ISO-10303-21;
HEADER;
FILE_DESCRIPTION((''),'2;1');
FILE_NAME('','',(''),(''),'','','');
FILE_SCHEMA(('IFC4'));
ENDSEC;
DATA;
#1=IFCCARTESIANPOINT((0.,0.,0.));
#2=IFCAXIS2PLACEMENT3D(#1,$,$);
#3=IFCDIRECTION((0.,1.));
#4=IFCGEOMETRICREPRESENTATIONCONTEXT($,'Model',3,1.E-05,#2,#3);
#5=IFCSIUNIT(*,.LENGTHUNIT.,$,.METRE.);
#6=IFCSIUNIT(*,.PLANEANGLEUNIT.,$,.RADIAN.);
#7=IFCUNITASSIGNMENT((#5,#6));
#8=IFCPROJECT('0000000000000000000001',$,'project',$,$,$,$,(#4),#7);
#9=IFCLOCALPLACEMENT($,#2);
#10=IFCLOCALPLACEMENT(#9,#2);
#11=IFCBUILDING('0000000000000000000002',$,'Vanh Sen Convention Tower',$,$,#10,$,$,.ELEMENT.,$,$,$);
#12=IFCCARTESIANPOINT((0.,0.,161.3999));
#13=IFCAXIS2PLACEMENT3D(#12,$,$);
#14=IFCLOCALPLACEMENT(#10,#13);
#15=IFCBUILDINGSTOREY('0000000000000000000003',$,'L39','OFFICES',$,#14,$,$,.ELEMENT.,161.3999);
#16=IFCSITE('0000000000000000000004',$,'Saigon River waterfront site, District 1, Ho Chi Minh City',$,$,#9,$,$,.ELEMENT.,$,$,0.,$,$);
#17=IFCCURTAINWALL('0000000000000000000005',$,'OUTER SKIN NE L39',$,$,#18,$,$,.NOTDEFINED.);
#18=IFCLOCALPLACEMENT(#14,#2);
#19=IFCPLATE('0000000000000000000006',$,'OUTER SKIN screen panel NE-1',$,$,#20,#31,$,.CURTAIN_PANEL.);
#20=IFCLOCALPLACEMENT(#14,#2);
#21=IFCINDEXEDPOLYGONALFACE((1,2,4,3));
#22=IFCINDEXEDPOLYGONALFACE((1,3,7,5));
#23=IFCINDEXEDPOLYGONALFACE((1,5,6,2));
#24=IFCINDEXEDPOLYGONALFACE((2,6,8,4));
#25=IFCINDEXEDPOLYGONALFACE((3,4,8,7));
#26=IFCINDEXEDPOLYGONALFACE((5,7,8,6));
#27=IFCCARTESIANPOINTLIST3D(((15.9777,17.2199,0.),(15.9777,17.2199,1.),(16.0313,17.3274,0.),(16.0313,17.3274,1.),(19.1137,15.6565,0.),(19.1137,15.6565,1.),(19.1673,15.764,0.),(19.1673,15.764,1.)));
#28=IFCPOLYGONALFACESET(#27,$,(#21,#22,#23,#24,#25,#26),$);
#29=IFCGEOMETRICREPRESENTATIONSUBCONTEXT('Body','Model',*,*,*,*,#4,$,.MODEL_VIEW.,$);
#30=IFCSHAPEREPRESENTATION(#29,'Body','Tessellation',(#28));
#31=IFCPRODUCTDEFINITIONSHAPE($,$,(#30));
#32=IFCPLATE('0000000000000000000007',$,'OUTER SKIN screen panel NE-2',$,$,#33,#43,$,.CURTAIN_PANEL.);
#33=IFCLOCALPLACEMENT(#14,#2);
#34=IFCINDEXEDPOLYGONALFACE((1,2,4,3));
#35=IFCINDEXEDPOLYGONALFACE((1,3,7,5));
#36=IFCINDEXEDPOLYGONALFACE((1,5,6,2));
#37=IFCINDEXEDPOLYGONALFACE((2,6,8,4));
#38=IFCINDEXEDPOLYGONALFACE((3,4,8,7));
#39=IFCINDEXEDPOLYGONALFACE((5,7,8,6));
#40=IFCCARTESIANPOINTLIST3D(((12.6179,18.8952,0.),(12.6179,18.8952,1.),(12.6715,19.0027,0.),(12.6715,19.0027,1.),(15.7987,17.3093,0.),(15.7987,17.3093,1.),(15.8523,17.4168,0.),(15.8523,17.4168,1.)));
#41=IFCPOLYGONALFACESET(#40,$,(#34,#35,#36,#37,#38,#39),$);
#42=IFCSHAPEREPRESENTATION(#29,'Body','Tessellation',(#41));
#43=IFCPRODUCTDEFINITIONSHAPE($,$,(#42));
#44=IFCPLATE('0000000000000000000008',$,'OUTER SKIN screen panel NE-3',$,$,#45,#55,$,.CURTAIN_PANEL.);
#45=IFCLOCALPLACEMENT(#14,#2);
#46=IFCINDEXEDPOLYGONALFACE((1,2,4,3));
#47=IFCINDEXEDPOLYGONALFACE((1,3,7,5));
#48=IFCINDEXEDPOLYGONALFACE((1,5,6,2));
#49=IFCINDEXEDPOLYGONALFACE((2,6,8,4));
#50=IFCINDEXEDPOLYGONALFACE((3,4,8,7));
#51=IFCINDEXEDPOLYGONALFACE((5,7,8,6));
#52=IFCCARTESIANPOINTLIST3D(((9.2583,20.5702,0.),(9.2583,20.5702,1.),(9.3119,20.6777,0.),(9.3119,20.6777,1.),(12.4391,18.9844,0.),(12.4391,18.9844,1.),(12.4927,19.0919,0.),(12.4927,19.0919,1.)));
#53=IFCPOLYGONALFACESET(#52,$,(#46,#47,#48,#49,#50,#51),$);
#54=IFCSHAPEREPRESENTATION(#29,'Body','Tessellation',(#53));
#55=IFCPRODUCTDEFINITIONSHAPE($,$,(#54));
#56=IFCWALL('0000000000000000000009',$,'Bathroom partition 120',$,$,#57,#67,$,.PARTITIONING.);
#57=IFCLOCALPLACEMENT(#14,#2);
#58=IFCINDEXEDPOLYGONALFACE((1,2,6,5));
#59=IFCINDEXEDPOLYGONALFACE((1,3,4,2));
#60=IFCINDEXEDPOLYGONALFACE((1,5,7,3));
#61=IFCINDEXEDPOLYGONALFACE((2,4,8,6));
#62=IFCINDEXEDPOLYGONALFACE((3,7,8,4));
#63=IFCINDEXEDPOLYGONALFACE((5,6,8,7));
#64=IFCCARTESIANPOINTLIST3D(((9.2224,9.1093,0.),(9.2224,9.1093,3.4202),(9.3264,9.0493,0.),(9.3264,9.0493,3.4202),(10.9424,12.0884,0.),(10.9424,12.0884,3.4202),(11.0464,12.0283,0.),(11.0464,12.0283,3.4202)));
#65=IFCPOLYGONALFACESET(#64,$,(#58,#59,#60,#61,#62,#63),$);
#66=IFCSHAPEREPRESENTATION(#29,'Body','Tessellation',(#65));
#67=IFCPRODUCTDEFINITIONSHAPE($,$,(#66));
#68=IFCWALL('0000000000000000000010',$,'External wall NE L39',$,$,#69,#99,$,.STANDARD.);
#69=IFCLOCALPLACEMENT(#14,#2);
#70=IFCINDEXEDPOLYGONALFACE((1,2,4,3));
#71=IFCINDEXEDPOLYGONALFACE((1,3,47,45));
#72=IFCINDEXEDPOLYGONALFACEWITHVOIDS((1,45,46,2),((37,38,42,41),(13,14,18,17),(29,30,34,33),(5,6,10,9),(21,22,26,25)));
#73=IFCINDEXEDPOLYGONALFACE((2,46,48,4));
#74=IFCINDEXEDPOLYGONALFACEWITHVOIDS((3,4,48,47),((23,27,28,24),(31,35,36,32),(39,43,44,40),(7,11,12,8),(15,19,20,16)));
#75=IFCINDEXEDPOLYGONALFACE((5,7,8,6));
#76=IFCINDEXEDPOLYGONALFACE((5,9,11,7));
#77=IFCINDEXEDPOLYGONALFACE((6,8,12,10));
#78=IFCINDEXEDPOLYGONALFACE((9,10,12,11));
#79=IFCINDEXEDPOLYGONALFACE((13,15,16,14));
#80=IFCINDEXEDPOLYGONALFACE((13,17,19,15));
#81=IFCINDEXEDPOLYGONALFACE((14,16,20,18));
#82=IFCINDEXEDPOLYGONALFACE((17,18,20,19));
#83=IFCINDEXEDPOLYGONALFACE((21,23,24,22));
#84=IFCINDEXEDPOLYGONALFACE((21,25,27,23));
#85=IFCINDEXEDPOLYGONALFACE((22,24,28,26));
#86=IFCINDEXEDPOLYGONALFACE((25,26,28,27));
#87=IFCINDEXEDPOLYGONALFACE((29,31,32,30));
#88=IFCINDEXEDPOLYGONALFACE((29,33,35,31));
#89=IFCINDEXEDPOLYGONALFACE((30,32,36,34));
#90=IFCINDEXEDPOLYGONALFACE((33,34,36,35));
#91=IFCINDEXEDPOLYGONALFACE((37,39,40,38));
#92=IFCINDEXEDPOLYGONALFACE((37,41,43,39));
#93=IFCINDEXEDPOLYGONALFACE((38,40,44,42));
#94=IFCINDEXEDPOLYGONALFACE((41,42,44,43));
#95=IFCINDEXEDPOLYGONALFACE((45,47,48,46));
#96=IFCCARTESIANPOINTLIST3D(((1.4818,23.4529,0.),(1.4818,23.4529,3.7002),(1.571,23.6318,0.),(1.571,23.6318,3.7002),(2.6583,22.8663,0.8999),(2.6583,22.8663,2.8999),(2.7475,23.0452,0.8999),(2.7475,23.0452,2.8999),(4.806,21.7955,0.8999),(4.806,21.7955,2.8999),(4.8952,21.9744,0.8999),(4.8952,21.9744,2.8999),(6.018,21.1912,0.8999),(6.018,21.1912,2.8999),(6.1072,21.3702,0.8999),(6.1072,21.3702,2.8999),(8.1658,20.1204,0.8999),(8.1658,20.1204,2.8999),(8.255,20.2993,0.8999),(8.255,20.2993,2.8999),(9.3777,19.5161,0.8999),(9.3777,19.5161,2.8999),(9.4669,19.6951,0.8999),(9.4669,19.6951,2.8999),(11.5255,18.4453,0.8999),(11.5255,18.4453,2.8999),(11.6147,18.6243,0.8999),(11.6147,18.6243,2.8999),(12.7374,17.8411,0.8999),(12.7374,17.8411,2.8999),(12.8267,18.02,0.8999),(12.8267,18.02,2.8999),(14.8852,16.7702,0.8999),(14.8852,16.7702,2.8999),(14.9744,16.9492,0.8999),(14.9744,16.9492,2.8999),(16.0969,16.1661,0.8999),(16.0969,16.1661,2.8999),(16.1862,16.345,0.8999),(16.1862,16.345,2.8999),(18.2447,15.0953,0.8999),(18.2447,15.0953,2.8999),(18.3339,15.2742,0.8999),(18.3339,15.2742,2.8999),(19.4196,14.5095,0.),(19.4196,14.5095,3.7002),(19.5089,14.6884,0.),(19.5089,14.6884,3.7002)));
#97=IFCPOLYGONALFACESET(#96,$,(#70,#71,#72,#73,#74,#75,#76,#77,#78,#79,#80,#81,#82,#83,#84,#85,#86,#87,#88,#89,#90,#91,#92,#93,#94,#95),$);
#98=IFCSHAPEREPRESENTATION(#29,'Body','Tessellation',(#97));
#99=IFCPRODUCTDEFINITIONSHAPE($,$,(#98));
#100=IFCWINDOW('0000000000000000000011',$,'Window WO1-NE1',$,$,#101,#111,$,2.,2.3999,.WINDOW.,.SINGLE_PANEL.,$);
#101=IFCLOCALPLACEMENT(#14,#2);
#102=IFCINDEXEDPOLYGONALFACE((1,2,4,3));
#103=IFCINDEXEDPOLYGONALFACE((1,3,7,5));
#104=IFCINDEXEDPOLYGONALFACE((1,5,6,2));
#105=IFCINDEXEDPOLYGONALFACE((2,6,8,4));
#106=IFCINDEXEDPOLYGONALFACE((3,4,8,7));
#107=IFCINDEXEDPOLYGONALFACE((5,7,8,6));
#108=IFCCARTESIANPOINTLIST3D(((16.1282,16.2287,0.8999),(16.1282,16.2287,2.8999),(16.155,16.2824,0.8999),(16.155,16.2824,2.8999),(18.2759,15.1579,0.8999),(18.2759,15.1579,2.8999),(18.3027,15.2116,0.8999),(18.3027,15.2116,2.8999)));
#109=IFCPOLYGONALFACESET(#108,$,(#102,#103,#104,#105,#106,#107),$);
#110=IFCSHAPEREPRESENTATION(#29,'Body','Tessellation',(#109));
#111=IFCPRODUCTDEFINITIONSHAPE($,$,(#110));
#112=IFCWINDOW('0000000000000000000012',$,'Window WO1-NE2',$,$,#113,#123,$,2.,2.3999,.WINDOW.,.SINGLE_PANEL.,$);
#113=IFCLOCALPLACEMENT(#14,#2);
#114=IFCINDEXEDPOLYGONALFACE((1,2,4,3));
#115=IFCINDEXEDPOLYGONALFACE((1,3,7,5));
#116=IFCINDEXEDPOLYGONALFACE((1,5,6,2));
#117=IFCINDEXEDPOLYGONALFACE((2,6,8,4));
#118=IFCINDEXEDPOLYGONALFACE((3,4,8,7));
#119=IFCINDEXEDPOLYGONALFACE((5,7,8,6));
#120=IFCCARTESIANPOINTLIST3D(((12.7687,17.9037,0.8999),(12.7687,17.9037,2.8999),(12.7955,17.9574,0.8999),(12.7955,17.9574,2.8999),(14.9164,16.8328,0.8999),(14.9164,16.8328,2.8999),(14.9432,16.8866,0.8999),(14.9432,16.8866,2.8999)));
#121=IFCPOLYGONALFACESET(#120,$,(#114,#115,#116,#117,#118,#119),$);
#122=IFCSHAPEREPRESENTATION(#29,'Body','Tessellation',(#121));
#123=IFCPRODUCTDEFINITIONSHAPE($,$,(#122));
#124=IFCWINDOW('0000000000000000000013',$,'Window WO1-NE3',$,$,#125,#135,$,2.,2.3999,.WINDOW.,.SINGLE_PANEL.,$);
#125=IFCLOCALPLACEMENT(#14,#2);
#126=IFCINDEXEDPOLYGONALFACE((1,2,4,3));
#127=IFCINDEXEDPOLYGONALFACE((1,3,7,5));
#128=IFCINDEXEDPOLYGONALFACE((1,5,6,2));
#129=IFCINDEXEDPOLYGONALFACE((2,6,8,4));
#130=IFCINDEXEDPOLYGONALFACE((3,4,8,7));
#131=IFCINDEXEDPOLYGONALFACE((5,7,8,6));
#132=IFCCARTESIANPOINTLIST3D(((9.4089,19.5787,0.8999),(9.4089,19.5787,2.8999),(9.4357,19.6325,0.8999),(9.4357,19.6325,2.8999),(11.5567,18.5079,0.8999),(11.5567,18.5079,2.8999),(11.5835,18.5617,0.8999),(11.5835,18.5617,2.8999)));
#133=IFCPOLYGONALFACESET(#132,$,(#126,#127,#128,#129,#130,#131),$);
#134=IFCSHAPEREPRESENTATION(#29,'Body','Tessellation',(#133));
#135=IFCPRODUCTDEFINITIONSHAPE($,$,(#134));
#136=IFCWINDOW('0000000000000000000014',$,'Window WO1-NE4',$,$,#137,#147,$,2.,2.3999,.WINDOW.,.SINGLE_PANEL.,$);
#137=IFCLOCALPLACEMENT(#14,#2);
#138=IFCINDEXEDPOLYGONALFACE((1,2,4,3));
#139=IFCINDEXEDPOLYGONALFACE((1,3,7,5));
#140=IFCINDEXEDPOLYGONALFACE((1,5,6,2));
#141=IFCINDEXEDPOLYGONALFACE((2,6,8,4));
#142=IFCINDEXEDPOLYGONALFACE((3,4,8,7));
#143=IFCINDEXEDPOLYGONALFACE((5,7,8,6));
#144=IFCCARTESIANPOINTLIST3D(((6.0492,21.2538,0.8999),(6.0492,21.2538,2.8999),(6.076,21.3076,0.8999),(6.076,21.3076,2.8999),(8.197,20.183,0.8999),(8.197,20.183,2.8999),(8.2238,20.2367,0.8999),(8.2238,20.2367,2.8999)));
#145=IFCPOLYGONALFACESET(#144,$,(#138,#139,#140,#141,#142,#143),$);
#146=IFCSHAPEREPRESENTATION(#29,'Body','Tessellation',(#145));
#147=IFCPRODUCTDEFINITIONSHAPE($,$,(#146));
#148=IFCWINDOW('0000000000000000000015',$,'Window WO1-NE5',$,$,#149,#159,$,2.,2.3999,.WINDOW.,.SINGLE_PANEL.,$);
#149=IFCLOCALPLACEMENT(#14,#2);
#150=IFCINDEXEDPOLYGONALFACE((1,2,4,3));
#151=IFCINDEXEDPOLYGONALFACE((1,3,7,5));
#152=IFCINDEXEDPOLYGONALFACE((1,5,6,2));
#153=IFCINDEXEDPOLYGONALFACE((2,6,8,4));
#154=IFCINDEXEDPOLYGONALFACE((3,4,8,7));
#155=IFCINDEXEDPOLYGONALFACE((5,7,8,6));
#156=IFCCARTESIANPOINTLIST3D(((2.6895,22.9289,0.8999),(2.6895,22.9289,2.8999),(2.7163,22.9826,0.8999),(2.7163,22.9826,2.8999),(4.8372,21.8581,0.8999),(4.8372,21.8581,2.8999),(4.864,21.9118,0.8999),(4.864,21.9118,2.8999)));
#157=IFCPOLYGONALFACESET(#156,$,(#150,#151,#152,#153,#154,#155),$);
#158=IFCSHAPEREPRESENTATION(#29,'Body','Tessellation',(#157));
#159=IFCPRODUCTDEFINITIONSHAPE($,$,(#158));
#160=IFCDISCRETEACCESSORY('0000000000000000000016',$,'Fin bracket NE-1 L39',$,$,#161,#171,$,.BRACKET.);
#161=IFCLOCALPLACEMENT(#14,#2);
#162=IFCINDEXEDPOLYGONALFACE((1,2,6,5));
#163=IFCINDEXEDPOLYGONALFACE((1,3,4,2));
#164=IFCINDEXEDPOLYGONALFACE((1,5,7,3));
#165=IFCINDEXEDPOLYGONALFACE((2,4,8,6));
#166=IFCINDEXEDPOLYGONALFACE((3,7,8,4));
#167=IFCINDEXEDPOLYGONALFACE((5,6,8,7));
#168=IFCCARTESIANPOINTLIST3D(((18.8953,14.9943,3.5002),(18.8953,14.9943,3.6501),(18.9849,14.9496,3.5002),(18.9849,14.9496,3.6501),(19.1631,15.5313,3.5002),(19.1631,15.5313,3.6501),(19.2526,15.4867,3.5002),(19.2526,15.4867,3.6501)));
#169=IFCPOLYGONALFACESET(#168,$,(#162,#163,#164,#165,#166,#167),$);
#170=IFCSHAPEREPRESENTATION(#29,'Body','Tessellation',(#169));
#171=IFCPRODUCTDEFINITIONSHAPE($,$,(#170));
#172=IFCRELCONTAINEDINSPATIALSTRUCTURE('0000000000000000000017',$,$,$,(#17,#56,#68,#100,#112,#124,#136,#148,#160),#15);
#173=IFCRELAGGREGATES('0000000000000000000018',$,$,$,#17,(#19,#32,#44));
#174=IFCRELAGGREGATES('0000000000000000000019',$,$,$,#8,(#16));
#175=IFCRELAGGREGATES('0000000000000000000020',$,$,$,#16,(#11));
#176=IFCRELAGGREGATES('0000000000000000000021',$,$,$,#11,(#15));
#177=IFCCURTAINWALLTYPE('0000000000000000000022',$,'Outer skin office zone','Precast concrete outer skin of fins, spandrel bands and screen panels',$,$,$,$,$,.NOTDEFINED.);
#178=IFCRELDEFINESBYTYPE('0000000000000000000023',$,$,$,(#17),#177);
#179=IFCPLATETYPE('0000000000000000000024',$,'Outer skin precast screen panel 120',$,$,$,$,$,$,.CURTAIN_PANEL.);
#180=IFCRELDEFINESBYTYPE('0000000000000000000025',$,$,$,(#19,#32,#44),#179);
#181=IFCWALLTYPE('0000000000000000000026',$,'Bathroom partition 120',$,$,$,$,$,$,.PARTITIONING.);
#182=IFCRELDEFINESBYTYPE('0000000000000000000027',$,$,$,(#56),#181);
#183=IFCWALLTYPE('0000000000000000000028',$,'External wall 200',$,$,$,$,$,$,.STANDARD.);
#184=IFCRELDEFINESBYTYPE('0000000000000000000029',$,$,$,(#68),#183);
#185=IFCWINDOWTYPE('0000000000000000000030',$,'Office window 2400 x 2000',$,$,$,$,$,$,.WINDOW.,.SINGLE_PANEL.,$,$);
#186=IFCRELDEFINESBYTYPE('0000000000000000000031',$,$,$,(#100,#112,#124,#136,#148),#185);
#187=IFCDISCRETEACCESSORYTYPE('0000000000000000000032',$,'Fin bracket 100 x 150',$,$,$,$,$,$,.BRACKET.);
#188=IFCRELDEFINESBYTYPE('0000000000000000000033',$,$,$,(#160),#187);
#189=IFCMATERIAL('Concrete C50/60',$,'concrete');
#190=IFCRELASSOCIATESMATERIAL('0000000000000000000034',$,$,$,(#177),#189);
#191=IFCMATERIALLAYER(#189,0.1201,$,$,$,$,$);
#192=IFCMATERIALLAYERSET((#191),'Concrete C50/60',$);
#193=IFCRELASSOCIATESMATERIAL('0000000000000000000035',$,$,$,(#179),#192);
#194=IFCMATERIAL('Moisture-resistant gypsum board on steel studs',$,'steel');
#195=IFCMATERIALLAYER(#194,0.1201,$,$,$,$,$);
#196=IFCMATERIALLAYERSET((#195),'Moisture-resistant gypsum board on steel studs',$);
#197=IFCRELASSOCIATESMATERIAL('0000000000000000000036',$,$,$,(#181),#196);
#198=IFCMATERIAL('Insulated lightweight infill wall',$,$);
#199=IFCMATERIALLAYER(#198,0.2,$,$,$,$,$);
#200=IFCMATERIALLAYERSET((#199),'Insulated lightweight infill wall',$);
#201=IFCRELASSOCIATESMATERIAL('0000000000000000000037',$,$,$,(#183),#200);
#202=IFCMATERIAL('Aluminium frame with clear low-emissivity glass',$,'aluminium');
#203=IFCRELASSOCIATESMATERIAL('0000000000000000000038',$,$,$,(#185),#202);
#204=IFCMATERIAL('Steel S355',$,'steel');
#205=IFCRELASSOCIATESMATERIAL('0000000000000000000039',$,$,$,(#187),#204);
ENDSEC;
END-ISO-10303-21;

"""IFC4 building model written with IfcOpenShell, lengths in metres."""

from ifc_helpers import new_model, si_unit, direction, frame, frame_2d, origin, origin_2d, place, context, subcontext, project, spatial, rectangle, extrude, material, layer, layer_set, type_object, element, fill, aggregate, save


model = new_model("IFC4")

# Units and contexts
model_context = context("Model", 3, precision=1e-05, world=origin(), true_north=direction((0.0, 1.0)))
body_context = subcontext(model_context, "Body", "Model", "MODEL_VIEW")
ifc_project = project(units=[si_unit("LENGTHUNIT", "METRE"), si_unit("PLANEANGLEUNIT", "RADIAN")], contexts=[model_context])

# Site, building, storey
site_placement = place(None, origin())
site = spatial("IfcSite", under=ifc_project, at=site_placement, Name="Saigon River waterfront site, District 1, Ho Chi Minh City", CompositionType="ELEMENT", RefElevation=0.0)
building_placement = place(site_placement, origin())
building = spatial("IfcBuilding", under=site, at=building_placement, Name="Vanh Sen Convention Tower", CompositionType="ELEMENT")
storey_placement = place(building_placement, frame((0.0, 0.0, 161.3999)))
storey = spatial("IfcBuildingStorey", under=building, at=storey_placement, Name="L39", Description="OFFICES", CompositionType="ELEMENT", Elevation=161.3999)

# Curtain wall
ifc_material_1 = material(Name="Concrete C50/60", Category="concrete")
curtain_wall_type = type_object("IfcCurtainWallType", Name="Outer skin office zone", Description="Precast concrete outer skin of fins, spandrel bands and screen panels", PredefinedType="NOTDEFINED", material=ifc_material_1)
curtain_wall_1_placement = place(storey_placement, origin())
curtain_wall_1 = element("IfcCurtainWall", 1, at=curtain_wall_1_placement, inside=storey, type_object=curtain_wall_type, Name="OUTER SKIN NE L39", PredefinedType="NOTDEFINED")

# Shared definitions
ifc_layer_1 = layer(ifc_material_1, 0.1201)
ifc_layer_set_1 = layer_set([ifc_layer_1], Name="Concrete C50/60")
plate_type = type_object("IfcPlateType", Name="Outer skin precast screen panel 120", PredefinedType="CURTAIN_PANEL", material=ifc_layer_set_1)

# Plates
plate_1_placement = place(storey_placement, frame((17.5725, 16.4919, 0.0), z_axis=(0.0, 0.0, 1.0), x_axis=(-0.894944, 0.446179, 0.0)))
plate_1 = element("IfcPlate", 2, at=plate_1_placement, type_object=plate_type, Name="OUTER SKIN screen panel NE-1", PredefinedType="CURTAIN_PANEL", context=body_context, shape_type="SweptSolid", body=[
    extrude(rectangle(XDim=3.5042, YDim=0.1201, at=origin_2d()), origin(), (0.0, 0.0, 1.0), 1.0),
])
plate_2_placement = place(storey_placement, frame((14.2351, 18.156, 0.0), z_axis=(0.0, 0.0, 1.0), x_axis=(-0.894933, 0.446201, 0.0)))
plate_2 = element("IfcPlate", 3, at=plate_2_placement, type_object=plate_type, Name="OUTER SKIN screen panel NE-2", PredefinedType="CURTAIN_PANEL", context=body_context, shape_type="SweptSolid", body=[
    extrude(rectangle(XDim=3.5542, YDim=0.1201, at=origin_2d()), origin(), (0.0, 0.0, 1.0), 1.0),
])
plate_3_placement = place(storey_placement, frame((10.8755, 19.8311, 0.0), z_axis=(0.0, 0.0, 1.0), x_axis=(-0.894933, 0.446201, 0.0)))
plate_3 = element("IfcPlate", 4, at=plate_3_placement, type_object=plate_type, Name="OUTER SKIN screen panel NE-3", PredefinedType="CURTAIN_PANEL", context=body_context, shape_type="SweptSolid", body=[
    extrude(rectangle(XDim=3.5542, YDim=0.1201, at=origin_2d()), origin(), (0.0, 0.0, 1.0), 1.0),
])
aggregate(curtain_wall_1, [plate_1, plate_2, plate_3])

# Wall
ifc_material_2 = material(Name="Moisture-resistant gypsum board on steel studs", Category="steel")
ifc_layer_2 = layer(ifc_material_2, 0.1201)
ifc_layer_set_2 = layer_set([ifc_layer_2], Name="Moisture-resistant gypsum board on steel studs")
wall_type_1 = type_object("IfcWallType", Name="Bathroom partition 120", PredefinedType="PARTITIONING", material=ifc_layer_set_2)
wall_1_placement = place(storey_placement, frame((10.9944, 12.0583, 0.0), z_axis=(0.0, 0.0, 1.0), x_axis=(-0.500009, -0.86602, 0.0)))
element("IfcWall", 5, at=wall_1_placement, inside=storey, type_object=wall_type_1, Name="Bathroom partition 120", PredefinedType="PARTITIONING", context=body_context, shape_type="SweptSolid", body=[
    extrude(rectangle(XDim=3.4399, YDim=0.1201, at=frame_2d((1.72, 0.0))), origin(), (0.0, 0.0, 1.0), 3.4202),
])

# Wall, openings, windows
ifc_material_3 = material(Name="Insulated lightweight infill wall")
ifc_layer_3 = layer(ifc_material_3, 0.2)
ifc_layer_set_3 = layer_set([ifc_layer_3], Name="Insulated lightweight infill wall")
wall_type_2 = type_object("IfcWallType", Name="External wall 200", PredefinedType="STANDARD", material=ifc_layer_set_3)
wall_2_placement = place(storey_placement, frame((19.4644, 14.5989, 0.0), z_axis=(0.0, 0.0, 1.0), x_axis=(-0.894936, 0.446195, 0.0)))
wall_2 = element("IfcWall", 6, at=wall_2_placement, inside=storey, type_object=wall_type_2, Name="External wall NE L39", PredefinedType="STANDARD", context=body_context, shape_type="SweptSolid", body=[
    extrude(rectangle(XDim=20.0437, YDim=0.2, at=frame_2d((10.022, 0.0))), origin(), (0.0, 0.0, 1.0), 3.7002),
])
opening_1_placement = place(wall_2_placement, frame((1.313, 0.0, 0.8999)))
opening_1 = element("IfcOpeningElement", 7, at=opening_1_placement, cuts=wall_2, PredefinedType="OPENING", context=body_context, shape_type="SweptSolid", body=[
    extrude(rectangle(XDim=2.3999, YDim=2.0, at=frame_2d((1.2, 1.0))), frame((0.0, 0.1099, 0.0), z_axis=(0.0, -1.0, 0.0), x_axis=(1.0, 0.0, 0.0)), (0.0, 0.0, 1.0), 0.22),
])
opening_2_placement = place(wall_2_placement, frame((5.0669, 0.0, 0.8999)))
opening_2 = element("IfcOpeningElement", 8, at=opening_2_placement, cuts=wall_2, PredefinedType="OPENING", context=body_context, shape_type="SweptSolid", body=[
    extrude(rectangle(XDim=2.3999, YDim=2.0, at=frame_2d((1.2, 1.0))), frame((0.0, 0.1099, 0.0), z_axis=(0.0, -1.0, 0.0), x_axis=(1.0, 0.0, 0.0)), (0.0, 0.0, 1.0), 0.22),
])
opening_3_placement = place(wall_2_placement, frame((8.821, 0.0, 0.8999)))
opening_3 = element("IfcOpeningElement", 9, at=opening_3_placement, cuts=wall_2, PredefinedType="OPENING", context=body_context, shape_type="SweptSolid", body=[
    extrude(rectangle(XDim=2.3999, YDim=2.0, at=frame_2d((1.2, 1.0))), frame((0.0, 0.1099, 0.0), z_axis=(0.0, -1.0, 0.0), x_axis=(1.0, 0.0, 0.0)), (0.0, 0.0, 1.0), 0.22),
])
opening_4_placement = place(wall_2_placement, frame((12.5752, 0.0, 0.8999)))
opening_4 = element("IfcOpeningElement", 10, at=opening_4_placement, cuts=wall_2, PredefinedType="OPENING", context=body_context, shape_type="SweptSolid", body=[
    extrude(rectangle(XDim=2.3999, YDim=2.0, at=frame_2d((1.2, 1.0))), frame((0.0, 0.1099, 0.0), z_axis=(0.0, -1.0, 0.0), x_axis=(1.0, 0.0, 0.0)), (0.0, 0.0, 1.0), 0.22),
])
opening_5_placement = place(wall_2_placement, frame((16.3293, 0.0, 0.8999)))
opening_5 = element("IfcOpeningElement", 11, at=opening_5_placement, cuts=wall_2, PredefinedType="OPENING", context=body_context, shape_type="SweptSolid", body=[
    extrude(rectangle(XDim=2.3999, YDim=2.0, at=frame_2d((1.2, 1.0))), frame((0.0, 0.1099, 0.0), z_axis=(0.0, -1.0, 0.0), x_axis=(1.0, 0.0, 0.0)), (0.0, 0.0, 1.0), 0.22),
])
ifc_material_4 = material(Name="Aluminium frame with clear low-emissivity glass", Category="aluminium")
window_type = type_object("IfcWindowType", Name="Office window 2400 x 2000", PartitioningType="SINGLE_PANEL", PredefinedType="WINDOW", material=ifc_material_4)
window_1_placement = place(opening_1_placement, origin())
window_1 = element("IfcWindow", 12, at=window_1_placement, inside=storey, type_object=window_type, Name="Window WO1-NE1", OverallHeight=2.0, OverallWidth=2.3999, PartitioningType="SINGLE_PANEL", PredefinedType="WINDOW", context=body_context, shape_type="SweptSolid", body=[
    extrude(rectangle(XDim=2.3999, YDim=2.0, at=frame_2d((1.2, 1.0))), frame((0.0, 0.03, 0.0), z_axis=(0.0, -1.0, 0.0), x_axis=(1.0, 0.0, 0.0)), (0.0, 0.0, 1.0), 0.0601),
])
fill(opening_1, window_1)
window_2_placement = place(opening_2_placement, origin())
window_2 = element("IfcWindow", 13, at=window_2_placement, inside=storey, type_object=window_type, Name="Window WO1-NE2", OverallHeight=2.0, OverallWidth=2.3999, PartitioningType="SINGLE_PANEL", PredefinedType="WINDOW", context=body_context, shape_type="SweptSolid", body=[
    extrude(rectangle(XDim=2.3999, YDim=2.0, at=frame_2d((1.2, 1.0))), frame((0.0, 0.03, 0.0), z_axis=(0.0, -1.0, 0.0), x_axis=(1.0, 0.0, 0.0)), (0.0, 0.0, 1.0), 0.0601),
])
fill(opening_2, window_2)
window_3_placement = place(opening_3_placement, origin())
window_3 = element("IfcWindow", 14, at=window_3_placement, inside=storey, type_object=window_type, Name="Window WO1-NE3", OverallHeight=2.0, OverallWidth=2.3999, PartitioningType="SINGLE_PANEL", PredefinedType="WINDOW", context=body_context, shape_type="SweptSolid", body=[
    extrude(rectangle(XDim=2.3999, YDim=2.0, at=frame_2d((1.2, 1.0))), frame((0.0, 0.03, 0.0), z_axis=(0.0, -1.0, 0.0), x_axis=(1.0, 0.0, 0.0)), (0.0, 0.0, 1.0), 0.0601),
])
fill(opening_3, window_3)
window_4_placement = place(opening_4_placement, origin())
window_4 = element("IfcWindow", 15, at=window_4_placement, inside=storey, type_object=window_type, Name="Window WO1-NE4", OverallHeight=2.0, OverallWidth=2.3999, PartitioningType="SINGLE_PANEL", PredefinedType="WINDOW", context=body_context, shape_type="SweptSolid", body=[
    extrude(rectangle(XDim=2.3999, YDim=2.0, at=frame_2d((1.2, 1.0))), frame((0.0, 0.03, 0.0), z_axis=(0.0, -1.0, 0.0), x_axis=(1.0, 0.0, 0.0)), (0.0, 0.0, 1.0), 0.0601),
])
fill(opening_4, window_4)
window_5_placement = place(opening_5_placement, origin())
window_5 = element("IfcWindow", 16, at=window_5_placement, inside=storey, type_object=window_type, Name="Window WO1-NE5", OverallHeight=2.0, OverallWidth=2.3999, PartitioningType="SINGLE_PANEL", PredefinedType="WINDOW", context=body_context, shape_type="SweptSolid", body=[
    extrude(rectangle(XDim=2.3999, YDim=2.0, at=frame_2d((1.2, 1.0))), frame((0.0, 0.03, 0.0), z_axis=(0.0, -1.0, 0.0), x_axis=(1.0, 0.0, 0.0)), (0.0, 0.0, 1.0), 0.0601),
])
fill(opening_5, window_5)

# Discrete accessory
ifc_material_5 = material(Name="Steel S355", Category="steel")
discrete_accessory_type = type_object("IfcDiscreteAccessoryType", Name="Fin bracket 100 x 150", PredefinedType="BRACKET", material=ifc_material_5)
for number, where, z_axis, x_axis, name in (
    (17, (19.074, 15.2405, 3.5002), (0.0, 0.0, 1.0), (0.446198, 0.894934, 0.0), "Fin bracket NE-1 L39"),
):
    element("IfcDiscreteAccessory", number, at=place(storey_placement, frame(where, z_axis=z_axis, x_axis=x_axis)), inside=storey, type_object=discrete_accessory_type, Name=name, PredefinedType="BRACKET", context=body_context, shape_type="SweptSolid", body=[
        extrude(rectangle(XDim=0.6001, YDim=0.1001, at=origin_2d()), origin(), (0.0, 0.0, 1.0), 0.1499),
    ])

save(model, "model.ifc")
